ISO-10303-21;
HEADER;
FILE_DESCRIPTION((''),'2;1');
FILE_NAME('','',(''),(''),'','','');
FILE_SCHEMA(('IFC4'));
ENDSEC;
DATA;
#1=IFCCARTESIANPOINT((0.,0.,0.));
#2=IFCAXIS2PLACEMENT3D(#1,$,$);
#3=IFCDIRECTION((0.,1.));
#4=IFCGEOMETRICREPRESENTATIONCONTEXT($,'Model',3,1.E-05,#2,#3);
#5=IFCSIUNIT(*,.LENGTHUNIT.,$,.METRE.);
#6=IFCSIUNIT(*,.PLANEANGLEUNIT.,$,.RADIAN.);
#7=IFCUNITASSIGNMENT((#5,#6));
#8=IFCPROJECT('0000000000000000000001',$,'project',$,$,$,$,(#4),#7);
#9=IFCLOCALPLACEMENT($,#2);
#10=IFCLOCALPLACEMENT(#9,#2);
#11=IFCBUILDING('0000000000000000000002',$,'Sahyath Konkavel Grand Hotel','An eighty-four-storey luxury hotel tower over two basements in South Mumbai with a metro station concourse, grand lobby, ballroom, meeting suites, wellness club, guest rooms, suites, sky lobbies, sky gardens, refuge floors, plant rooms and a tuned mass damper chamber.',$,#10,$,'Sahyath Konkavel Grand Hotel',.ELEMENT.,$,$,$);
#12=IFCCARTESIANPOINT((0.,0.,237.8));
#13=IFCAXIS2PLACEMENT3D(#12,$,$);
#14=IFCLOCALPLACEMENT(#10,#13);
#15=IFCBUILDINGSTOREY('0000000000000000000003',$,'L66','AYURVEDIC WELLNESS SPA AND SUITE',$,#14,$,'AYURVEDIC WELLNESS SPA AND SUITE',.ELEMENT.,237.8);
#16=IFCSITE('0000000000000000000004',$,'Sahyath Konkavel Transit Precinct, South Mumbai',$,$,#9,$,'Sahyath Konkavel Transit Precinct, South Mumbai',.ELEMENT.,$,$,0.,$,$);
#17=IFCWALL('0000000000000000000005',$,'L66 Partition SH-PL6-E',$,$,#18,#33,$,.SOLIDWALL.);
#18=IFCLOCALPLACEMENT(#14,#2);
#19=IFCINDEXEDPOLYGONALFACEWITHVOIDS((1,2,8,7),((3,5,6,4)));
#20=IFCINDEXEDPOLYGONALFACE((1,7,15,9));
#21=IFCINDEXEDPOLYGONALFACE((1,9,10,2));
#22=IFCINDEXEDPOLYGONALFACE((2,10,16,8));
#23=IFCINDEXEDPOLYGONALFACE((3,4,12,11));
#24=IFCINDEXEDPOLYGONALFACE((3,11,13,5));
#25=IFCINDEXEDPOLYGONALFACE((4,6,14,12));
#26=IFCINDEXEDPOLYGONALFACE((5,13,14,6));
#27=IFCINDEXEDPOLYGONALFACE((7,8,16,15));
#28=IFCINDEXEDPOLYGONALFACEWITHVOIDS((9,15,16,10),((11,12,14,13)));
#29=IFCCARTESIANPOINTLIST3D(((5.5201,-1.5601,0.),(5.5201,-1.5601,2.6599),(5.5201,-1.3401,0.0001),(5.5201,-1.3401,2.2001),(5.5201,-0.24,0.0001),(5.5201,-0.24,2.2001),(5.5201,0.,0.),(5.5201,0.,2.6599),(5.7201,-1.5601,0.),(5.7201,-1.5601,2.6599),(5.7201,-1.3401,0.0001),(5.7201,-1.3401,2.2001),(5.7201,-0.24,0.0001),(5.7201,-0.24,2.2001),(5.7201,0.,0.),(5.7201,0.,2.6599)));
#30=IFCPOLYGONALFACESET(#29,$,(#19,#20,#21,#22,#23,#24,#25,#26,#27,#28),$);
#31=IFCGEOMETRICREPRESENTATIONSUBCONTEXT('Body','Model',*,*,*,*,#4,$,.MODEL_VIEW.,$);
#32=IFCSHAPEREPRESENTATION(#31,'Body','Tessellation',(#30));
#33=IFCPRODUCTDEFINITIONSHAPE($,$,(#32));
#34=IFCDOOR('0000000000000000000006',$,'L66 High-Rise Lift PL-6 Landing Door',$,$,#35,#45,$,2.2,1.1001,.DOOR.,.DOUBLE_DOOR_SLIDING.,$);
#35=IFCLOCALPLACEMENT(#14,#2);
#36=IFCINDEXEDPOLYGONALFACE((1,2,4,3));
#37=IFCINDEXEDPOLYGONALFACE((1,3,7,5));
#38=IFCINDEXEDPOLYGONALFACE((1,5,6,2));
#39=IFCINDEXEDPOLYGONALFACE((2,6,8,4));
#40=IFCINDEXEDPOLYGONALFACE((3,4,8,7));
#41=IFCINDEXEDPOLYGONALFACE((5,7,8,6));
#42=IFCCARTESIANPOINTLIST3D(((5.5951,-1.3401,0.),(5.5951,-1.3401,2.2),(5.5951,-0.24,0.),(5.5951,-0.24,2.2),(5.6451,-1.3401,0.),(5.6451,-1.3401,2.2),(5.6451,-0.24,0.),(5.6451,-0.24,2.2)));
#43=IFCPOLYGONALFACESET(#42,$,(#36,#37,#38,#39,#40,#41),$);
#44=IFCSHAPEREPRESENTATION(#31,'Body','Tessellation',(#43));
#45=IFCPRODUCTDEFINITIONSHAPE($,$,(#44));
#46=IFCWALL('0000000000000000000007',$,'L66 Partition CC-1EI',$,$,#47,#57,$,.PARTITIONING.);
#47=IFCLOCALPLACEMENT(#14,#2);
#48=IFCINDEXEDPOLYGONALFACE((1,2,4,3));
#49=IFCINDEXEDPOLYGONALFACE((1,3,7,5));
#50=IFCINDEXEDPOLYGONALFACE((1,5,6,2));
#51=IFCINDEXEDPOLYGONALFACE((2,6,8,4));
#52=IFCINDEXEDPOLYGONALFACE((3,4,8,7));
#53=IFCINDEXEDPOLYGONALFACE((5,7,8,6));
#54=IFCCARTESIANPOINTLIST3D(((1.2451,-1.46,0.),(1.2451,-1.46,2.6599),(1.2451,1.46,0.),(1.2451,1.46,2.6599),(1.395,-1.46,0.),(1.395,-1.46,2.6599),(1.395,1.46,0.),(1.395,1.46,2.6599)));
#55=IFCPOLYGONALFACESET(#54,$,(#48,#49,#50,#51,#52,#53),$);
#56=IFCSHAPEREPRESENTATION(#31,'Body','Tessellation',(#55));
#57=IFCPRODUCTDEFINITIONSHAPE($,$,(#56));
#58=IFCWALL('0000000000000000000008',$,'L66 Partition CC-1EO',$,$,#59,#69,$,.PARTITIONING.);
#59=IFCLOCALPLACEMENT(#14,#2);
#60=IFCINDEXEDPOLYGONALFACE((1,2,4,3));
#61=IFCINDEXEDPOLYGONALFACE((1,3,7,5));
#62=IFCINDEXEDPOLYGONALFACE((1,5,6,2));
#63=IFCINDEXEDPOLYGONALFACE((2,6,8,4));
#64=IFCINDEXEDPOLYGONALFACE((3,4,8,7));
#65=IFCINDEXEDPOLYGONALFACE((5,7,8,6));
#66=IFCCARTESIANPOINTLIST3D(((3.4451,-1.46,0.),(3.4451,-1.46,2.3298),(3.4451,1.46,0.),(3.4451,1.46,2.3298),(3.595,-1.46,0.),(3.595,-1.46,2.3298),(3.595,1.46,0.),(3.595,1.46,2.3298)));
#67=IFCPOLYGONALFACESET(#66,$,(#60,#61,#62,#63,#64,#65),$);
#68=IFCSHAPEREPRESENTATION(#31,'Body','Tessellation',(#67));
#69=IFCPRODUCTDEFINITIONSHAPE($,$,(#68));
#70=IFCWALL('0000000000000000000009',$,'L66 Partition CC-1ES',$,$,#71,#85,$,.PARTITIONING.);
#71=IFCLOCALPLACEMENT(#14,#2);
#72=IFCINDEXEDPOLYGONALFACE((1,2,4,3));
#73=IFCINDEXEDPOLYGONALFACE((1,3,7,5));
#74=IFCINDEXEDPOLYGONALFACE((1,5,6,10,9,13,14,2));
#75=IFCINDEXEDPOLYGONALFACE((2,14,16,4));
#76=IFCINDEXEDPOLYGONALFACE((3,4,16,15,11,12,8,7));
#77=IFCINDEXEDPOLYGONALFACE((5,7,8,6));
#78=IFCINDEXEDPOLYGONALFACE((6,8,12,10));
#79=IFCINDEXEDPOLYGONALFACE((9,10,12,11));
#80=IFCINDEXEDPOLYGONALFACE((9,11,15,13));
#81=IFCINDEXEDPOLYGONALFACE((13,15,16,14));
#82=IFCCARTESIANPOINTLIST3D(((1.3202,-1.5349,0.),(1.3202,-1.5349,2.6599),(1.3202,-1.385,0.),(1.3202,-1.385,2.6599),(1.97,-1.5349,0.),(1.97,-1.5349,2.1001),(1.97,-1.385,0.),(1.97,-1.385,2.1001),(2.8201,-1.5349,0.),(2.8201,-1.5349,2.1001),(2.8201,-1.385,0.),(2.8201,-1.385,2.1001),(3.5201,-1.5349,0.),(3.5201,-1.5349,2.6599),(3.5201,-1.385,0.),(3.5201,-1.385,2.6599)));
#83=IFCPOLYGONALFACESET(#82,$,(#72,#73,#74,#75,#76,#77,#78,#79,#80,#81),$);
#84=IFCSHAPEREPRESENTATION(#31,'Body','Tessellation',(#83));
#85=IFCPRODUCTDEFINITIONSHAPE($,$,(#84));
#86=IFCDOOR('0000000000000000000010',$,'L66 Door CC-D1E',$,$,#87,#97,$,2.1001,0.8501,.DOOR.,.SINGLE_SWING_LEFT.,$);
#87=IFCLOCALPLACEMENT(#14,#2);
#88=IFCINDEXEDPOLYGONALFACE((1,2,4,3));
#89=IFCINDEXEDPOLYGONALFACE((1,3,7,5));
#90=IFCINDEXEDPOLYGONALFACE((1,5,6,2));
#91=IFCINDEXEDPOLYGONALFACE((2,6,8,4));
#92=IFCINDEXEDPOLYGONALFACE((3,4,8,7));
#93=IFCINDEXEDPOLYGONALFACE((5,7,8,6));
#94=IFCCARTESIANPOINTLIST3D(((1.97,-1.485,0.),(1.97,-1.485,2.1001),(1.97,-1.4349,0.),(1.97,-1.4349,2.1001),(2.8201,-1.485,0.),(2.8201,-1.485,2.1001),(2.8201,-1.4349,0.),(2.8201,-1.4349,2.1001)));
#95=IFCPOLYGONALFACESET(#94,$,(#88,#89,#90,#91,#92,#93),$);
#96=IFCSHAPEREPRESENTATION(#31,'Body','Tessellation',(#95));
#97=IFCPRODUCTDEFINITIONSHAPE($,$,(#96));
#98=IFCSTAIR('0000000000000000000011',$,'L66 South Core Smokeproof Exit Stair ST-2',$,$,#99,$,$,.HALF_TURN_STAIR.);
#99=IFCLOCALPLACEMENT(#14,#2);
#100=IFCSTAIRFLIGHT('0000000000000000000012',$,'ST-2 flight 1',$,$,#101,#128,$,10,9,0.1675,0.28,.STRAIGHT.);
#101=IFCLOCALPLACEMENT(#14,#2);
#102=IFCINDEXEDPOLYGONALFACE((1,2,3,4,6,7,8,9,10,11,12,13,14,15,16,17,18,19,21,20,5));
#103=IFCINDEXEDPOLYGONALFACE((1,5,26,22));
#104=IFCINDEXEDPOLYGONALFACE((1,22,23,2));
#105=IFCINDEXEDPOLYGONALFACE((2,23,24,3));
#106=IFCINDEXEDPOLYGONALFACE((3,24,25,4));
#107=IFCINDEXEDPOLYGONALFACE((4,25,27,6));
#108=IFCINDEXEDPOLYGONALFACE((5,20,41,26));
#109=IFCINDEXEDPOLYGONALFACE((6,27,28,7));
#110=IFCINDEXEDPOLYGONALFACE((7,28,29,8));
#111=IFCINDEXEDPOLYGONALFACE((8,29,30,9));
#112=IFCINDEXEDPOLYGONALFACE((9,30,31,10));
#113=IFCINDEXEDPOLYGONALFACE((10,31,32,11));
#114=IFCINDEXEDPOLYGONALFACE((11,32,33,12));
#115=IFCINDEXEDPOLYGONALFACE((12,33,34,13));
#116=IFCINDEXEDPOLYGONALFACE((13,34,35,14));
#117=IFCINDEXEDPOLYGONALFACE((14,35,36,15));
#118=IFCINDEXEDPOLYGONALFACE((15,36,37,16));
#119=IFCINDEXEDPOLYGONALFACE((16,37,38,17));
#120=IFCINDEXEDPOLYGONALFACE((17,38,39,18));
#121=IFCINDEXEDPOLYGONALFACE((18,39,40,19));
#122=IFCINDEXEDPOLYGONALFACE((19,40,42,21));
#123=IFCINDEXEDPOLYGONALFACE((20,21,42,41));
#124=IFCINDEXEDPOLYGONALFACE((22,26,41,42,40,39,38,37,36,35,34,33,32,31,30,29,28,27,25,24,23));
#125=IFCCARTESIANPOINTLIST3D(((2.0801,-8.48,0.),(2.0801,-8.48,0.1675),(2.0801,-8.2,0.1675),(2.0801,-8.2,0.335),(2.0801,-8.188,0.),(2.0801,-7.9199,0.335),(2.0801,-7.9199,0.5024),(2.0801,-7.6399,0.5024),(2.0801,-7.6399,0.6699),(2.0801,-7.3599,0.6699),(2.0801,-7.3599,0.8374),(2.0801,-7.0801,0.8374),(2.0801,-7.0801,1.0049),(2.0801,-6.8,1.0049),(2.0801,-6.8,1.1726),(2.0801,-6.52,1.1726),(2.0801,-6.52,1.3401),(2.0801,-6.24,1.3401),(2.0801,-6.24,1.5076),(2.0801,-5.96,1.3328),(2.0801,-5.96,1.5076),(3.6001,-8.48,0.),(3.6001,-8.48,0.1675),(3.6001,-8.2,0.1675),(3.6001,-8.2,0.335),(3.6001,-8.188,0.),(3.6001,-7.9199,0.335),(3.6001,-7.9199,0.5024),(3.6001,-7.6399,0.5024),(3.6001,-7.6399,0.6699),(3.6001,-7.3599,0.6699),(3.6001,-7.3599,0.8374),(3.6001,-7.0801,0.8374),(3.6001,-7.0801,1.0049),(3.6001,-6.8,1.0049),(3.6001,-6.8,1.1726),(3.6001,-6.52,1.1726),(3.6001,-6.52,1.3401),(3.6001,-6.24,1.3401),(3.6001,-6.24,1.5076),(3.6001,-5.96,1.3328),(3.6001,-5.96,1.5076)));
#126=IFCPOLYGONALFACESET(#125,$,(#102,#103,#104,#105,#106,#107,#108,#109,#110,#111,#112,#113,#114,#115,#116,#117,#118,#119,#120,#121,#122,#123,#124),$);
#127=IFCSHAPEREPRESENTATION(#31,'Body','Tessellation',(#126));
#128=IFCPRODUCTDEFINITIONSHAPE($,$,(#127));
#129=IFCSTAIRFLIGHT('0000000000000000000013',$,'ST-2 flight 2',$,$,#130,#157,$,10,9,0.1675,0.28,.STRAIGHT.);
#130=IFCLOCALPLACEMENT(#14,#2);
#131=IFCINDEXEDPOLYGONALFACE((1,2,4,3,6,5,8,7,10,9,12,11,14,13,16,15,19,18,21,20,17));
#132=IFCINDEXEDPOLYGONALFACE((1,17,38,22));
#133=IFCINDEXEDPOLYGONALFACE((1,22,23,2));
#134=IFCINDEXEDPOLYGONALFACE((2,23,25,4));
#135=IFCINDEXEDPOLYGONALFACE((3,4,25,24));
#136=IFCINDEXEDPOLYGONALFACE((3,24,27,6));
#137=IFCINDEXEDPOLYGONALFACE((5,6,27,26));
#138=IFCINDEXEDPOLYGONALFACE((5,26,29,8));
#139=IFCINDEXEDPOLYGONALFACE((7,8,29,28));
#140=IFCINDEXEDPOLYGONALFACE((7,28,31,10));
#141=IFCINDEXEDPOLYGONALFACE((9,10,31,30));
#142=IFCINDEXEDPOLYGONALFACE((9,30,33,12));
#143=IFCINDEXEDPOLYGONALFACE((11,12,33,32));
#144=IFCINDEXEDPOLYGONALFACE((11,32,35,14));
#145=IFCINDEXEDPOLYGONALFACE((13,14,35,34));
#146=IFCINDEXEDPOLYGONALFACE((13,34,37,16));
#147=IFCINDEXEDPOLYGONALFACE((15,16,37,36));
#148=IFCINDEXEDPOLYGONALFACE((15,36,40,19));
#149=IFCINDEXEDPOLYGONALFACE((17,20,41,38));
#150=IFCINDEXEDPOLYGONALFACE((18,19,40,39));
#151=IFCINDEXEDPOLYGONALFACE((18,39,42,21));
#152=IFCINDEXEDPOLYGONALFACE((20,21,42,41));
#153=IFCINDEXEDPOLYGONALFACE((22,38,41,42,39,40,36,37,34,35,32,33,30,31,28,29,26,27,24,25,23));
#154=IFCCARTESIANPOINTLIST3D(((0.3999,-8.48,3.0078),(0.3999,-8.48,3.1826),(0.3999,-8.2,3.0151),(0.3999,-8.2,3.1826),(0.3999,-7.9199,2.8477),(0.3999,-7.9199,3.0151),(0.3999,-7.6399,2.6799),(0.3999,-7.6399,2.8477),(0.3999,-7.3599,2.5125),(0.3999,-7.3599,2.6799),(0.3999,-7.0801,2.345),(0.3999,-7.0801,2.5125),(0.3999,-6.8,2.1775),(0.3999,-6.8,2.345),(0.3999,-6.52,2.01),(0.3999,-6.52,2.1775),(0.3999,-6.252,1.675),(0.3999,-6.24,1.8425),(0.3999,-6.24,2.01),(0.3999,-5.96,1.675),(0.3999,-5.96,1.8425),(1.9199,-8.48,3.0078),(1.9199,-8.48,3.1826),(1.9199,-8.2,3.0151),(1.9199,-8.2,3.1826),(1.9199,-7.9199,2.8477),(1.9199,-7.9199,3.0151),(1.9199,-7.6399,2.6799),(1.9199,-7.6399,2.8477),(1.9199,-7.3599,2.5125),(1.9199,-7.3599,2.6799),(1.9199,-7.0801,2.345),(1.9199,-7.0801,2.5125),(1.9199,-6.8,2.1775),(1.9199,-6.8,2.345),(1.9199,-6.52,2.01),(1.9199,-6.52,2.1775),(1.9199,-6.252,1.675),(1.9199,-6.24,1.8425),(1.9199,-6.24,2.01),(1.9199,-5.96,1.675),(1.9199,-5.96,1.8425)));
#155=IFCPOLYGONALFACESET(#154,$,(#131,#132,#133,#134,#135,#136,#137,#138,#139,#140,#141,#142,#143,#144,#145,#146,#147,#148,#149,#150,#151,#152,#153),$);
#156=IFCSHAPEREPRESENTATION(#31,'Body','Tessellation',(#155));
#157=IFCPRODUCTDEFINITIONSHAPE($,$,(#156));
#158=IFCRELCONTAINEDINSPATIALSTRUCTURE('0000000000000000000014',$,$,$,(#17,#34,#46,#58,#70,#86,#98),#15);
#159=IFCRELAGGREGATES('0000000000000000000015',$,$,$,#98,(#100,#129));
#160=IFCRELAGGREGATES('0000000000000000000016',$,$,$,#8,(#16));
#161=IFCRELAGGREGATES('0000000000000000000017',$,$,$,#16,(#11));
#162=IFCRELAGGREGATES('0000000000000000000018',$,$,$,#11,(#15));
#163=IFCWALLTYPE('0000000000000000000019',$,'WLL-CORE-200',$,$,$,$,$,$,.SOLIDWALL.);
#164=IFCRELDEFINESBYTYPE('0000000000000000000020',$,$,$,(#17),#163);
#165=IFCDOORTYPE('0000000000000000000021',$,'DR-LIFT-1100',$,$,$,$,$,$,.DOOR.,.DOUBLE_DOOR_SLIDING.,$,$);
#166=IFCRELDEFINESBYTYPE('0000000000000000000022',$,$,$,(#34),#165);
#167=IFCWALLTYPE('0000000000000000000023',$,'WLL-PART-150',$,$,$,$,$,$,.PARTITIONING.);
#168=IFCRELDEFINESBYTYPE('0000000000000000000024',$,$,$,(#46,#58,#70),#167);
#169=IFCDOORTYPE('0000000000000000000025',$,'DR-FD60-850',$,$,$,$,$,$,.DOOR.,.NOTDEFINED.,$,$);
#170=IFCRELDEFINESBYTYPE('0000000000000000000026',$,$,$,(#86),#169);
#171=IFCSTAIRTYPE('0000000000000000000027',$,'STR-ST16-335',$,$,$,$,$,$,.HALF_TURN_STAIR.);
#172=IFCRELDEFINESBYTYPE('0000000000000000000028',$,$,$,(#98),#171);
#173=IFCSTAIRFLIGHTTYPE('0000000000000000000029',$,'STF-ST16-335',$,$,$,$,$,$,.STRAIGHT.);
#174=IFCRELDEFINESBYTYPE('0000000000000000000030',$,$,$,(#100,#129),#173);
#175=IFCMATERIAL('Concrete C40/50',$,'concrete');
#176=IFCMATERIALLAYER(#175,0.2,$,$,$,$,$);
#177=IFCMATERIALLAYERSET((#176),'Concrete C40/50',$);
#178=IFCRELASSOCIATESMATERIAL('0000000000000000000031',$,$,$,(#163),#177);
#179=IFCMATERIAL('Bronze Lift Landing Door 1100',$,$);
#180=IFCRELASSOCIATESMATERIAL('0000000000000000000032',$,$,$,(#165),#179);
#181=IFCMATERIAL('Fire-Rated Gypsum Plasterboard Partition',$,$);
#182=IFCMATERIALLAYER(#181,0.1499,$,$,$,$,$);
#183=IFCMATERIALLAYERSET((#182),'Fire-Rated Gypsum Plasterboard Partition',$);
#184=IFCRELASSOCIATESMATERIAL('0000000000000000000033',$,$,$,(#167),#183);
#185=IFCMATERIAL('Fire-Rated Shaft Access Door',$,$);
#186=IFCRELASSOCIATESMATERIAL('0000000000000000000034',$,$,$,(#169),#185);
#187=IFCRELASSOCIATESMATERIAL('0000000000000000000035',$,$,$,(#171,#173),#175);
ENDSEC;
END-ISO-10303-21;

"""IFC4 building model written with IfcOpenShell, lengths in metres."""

from ifc_helpers import new_model, si_unit, direction, frame, frame_2d, origin, origin_2d, place, context, subcontext, project, spatial, polyline, rectangle, outline, extrude, source, transform, mapped, material, layer, layer_set, type_object, element, fill, aggregate, save


model = new_model("IFC4")

# Units and contexts
model_context = context("Model", 3, precision=1e-05, world=origin(), true_north=direction((0.0, 1.0)))
body_context = subcontext(model_context, "Body", "Model", "MODEL_VIEW")
ifc_project = project(units=[si_unit("LENGTHUNIT", "METRE"), si_unit("PLANEANGLEUNIT", "RADIAN")], contexts=[model_context])

# Site, building, storey
site_placement = place(None, origin())
site = spatial("IfcSite", under=ifc_project, at=site_placement, Name="Sahyath Konkavel Transit Precinct, South Mumbai", LongName="Sahyath Konkavel Transit Precinct, South Mumbai", CompositionType="ELEMENT", RefElevation=0.0)
building_placement = place(site_placement, origin())
building = spatial("IfcBuilding", under=site, at=building_placement, Name="Sahyath Konkavel Grand Hotel", Description="An eighty-four-storey luxury hotel tower over two basements in South Mumbai with a metro station concourse, grand lobby, ballroom, meeting suites, wellness club, guest rooms, suites, sky lobbies, sky gardens, refuge floors, plant rooms and a tuned mass damper chamber.", LongName="Sahyath Konkavel Grand Hotel", CompositionType="ELEMENT")
storey_placement = place(building_placement, frame((0.0, 0.0, 237.8)))
storey = spatial("IfcBuildingStorey", under=building, at=storey_placement, Name="L66", Description="AYURVEDIC WELLNESS SPA AND SUITE", LongName="AYURVEDIC WELLNESS SPA AND SUITE", CompositionType="ELEMENT", Elevation=237.8)

# Shared definitions
ifc_material_1 = material(Name="Concrete C40/50", Category="concrete")

# Shared definitions
ifc_layer_1 = layer(ifc_material_1, 0.2)
ifc_layer_set_1 = layer_set([ifc_layer_1], Name="Concrete C40/50")
wall_type_1 = type_object("IfcWallType", Name="WLL-CORE-200", PredefinedType="SOLIDWALL", material=ifc_layer_set_1)

# Wall, opening, door
wall_1_placement = place(storey_placement, frame((5.6201, -1.5601, 0.0), z_axis=(0.0, 0.0, 1.0), x_axis=(0.0, 1.0, 0.0)))
wall_1 = element("IfcWall", 1, at=wall_1_placement, inside=storey, type_object=wall_type_1, Name="L66 Partition SH-PL6-E", PredefinedType="SOLIDWALL", context=body_context, shape_type="SweptSolid", body=[
    extrude(rectangle(XDim=1.5601, YDim=0.2, at=frame_2d((0.78, 0.0))), origin(), (0.0, 0.0, 1.0), 2.6599),
])
opening_1_placement = place(wall_1_placement, frame((0.22, 0.0, 0.0)))
opening_1 = element("IfcOpeningElement", 2, at=opening_1_placement, cuts=wall_1, PredefinedType="OPENING", context=body_context, shape_type="SweptSolid", body=[
    extrude(rectangle(XDim=1.1001, YDim=2.2, at=frame_2d((0.55, 1.1001))), frame((0.0, 0.1099, 0.0), z_axis=(0.0, -1.0, 0.0), x_axis=(1.0, 0.0, 0.0)), (0.0, 0.0, 1.0), 0.22),
])
ifc_material_2 = material(Name="Bronze Lift Landing Door 1100")
door_type_1 = type_object("IfcDoorType", Name="DR-LIFT-1100", OperationType="DOUBLE_DOOR_SLIDING", PredefinedType="DOOR", material=ifc_material_2)
shared_shape_1 = source(origin(), body_context, "Body", "SweptSolid", [
    extrude(rectangle(XDim=1.1001, YDim=0.05, at=origin_2d()), origin(), (0.0, 0.0, 1.0), 2.2),
])
door_1_placement = place(opening_1_placement, frame((0.55, 0.0, 0.0)))
door_1 = element("IfcDoor", 3, at=door_1_placement, inside=storey, type_object=door_type_1, Name="L66 High-Rise Lift PL-6 Landing Door", OperationType="DOUBLE_DOOR_SLIDING", OverallHeight=2.2, OverallWidth=1.1001, PredefinedType="DOOR", context=body_context, shape_type="MappedRepresentation", body=[
    mapped(shared_shape_1, transform((0.0, 0.0, 0.0), scale=1.0)),
])
fill(opening_1, door_1)

# Walls
ifc_material_3 = material(Name="Fire-Rated Gypsum Plasterboard Partition")
ifc_layer_2 = layer(ifc_material_3, 0.1499)
ifc_layer_set_2 = layer_set([ifc_layer_2], Name="Fire-Rated Gypsum Plasterboard Partition")
wall_type_2 = type_object("IfcWallType", Name="WLL-PART-150", PredefinedType="PARTITIONING", material=ifc_layer_set_2)
wall_2_placement = place(storey_placement, frame((1.3201, -1.46, 0.0), z_axis=(0.0, 0.0, 1.0), x_axis=(0.0, 1.0, 0.0)))
element("IfcWall", 4, at=wall_2_placement, inside=storey, type_object=wall_type_2, Name="L66 Partition CC-1EI", PredefinedType="PARTITIONING", context=body_context, shape_type="SweptSolid", body=[
    extrude(rectangle(XDim=2.9199, YDim=0.1499, at=frame_2d((1.46, 0.0))), origin(), (0.0, 0.0, 1.0), 2.6599),
])
wall_3_placement = place(storey_placement, frame((3.52, -1.46, 0.0), z_axis=(0.0, 0.0, 1.0), x_axis=(0.0, 1.0, 0.0)))
element("IfcWall", 5, at=wall_3_placement, inside=storey, type_object=wall_type_2, Name="L66 Partition CC-1EO", PredefinedType="PARTITIONING", context=body_context, shape_type="SweptSolid", body=[
    extrude(rectangle(XDim=2.9199, YDim=0.1499, at=frame_2d((1.46, 0.0))), origin(), (0.0, 0.0, 1.0), 2.3298),
])

# Wall, opening, door
wall_4_placement = place(storey_placement, frame((1.3201, -1.46, 0.0), z_axis=(0.0, 0.0, 1.0), x_axis=(1.0, 0.0, 0.0)))
wall_4 = element("IfcWall", 6, at=wall_4_placement, inside=storey, type_object=wall_type_2, Name="L66 Partition CC-1ES", PredefinedType="PARTITIONING", context=body_context, shape_type="SweptSolid", body=[
    extrude(rectangle(XDim=2.2, YDim=0.1499, at=frame_2d((1.1001, 0.0))), origin(), (0.0, 0.0, 1.0), 2.6599),
])
opening_2_placement = place(wall_4_placement, frame((0.6499, 0.0, 0.0)))
opening_2 = element("IfcOpeningElement", 7, at=opening_2_placement, cuts=wall_4, PredefinedType="OPENING", context=body_context, shape_type="SweptSolid", body=[
    extrude(rectangle(XDim=0.8501, YDim=2.1001, at=frame_2d((0.425, 1.05))), frame((0.0, 0.085, 0.0), z_axis=(0.0, -1.0, 0.0), x_axis=(1.0, 0.0, 0.0)), (0.0, 0.0, 1.0), 0.1699),
])
ifc_material_4 = material(Name="Fire-Rated Shaft Access Door")
door_type_2 = type_object("IfcDoorType", Name="DR-FD60-850", OperationType="NOTDEFINED", PredefinedType="DOOR", material=ifc_material_4)
shared_shape_2 = source(origin(), body_context, "Body", "SweptSolid", [
    extrude(rectangle(XDim=0.8501, YDim=0.05, at=origin_2d()), origin(), (0.0, 0.0, 1.0), 2.1001),
])
door_2_placement = place(opening_2_placement, frame((0.425, 0.0, 0.0)))
door_2 = element("IfcDoor", 8, at=door_2_placement, inside=storey, type_object=door_type_2, Name="L66 Door CC-D1E", OperationType="SINGLE_SWING_LEFT", OverallHeight=2.1001, OverallWidth=0.8501, PredefinedType="DOOR", context=body_context, shape_type="MappedRepresentation", body=[
    mapped(shared_shape_2, transform((0.0, 0.0, 0.0), scale=1.0)),
])
fill(opening_2, door_2)

# Stair, stair flights
stair_type = type_object("IfcStairType", Name="STR-ST16-335", PredefinedType="HALF_TURN_STAIR", material=ifc_material_1)
stair_placement = place(storey_placement, origin())
stair = element("IfcStair", 9, at=stair_placement, inside=storey, type_object=stair_type, Name="L66 South Core Smokeproof Exit Stair ST-2", PredefinedType="HALF_TURN_STAIR")
stair_flight_type = type_object("IfcStairFlightType", Name="STF-ST16-335", PredefinedType="STRAIGHT", material=ifc_material_1)
stair_flight_1_placement = place(storey_placement, frame((2.8401, -8.48, 0.0), z_axis=(0.0, 0.0, 1.0), x_axis=(0.0, 1.0, 0.0)))
stair_flight_1 = element("IfcStairFlight", 10, at=stair_flight_1_placement, type_object=stair_flight_type, Name="ST-2 flight 1", NumberOfRisers=10, NumberOfTreads=9, PredefinedType="STRAIGHT", RiserHeight=0.1675, TreadLength=0.28, context=body_context, shape_type="SweptSolid", body=[
    extrude(outline(polyline([(0.0, 0.0), (0.0, 0.1675), (0.28, 0.1675), (0.28, 0.335), (0.5601, 0.335), (0.5601, 0.5024), (0.8401, 0.5024), (0.8401, 0.6699), (1.1201, 0.6699), (1.1201, 0.8374), (1.3999, 0.8374), (1.3999, 1.0049), (1.6799, 1.0049), (1.6799, 1.1726), (1.96, 1.1726), (1.96, 1.3401), (2.24, 1.3401), (2.24, 1.5076), (2.52, 1.5076), (2.52, 1.675), (2.52, 1.3328), (0.292, 0.0), (0.0, 0.0)])), frame((0.0, 0.76, 0.0), z_axis=(0.0, -1.0, 0.0), x_axis=(1.0, 0.0, 0.0)), (0.0, 0.0, 1.0), 1.52),
])
stair_flight_2_placement = place(storey_placement, frame((1.1599, -5.96, 1.675), z_axis=(0.0, 0.0, 1.0), x_axis=(0.0, -1.0, 0.0)))
stair_flight_2 = element("IfcStairFlight", 11, at=stair_flight_2_placement, type_object=stair_flight_type, Name="ST-2 flight 2", NumberOfRisers=10, NumberOfTreads=9, PredefinedType="STRAIGHT", RiserHeight=0.1675, TreadLength=0.28, context=body_context, shape_type="SweptSolid", body=[
    extrude(outline(polyline([(0.0, 0.0), (0.0, 0.1675), (0.28, 0.1675), (0.28, 0.335), (0.5601, 0.335), (0.5601, 0.5024), (0.8401, 0.5024), (0.8401, 0.6699), (1.1201, 0.6699), (1.1201, 0.8374), (1.3999, 0.8374), (1.3999, 1.0049), (1.6799, 1.0049), (1.6799, 1.1726), (1.96, 1.1726), (1.96, 1.3401), (2.24, 1.3401), (2.24, 1.5076), (2.52, 1.5076), (2.52, 1.675), (2.52, 1.3328), (0.292, 0.0), (0.0, 0.0)])), frame((0.0, 0.76, 0.0), z_axis=(0.0, -1.0, 0.0), x_axis=(1.0, 0.0, 0.0)), (0.0, 0.0, 1.0), 1.52),
])
aggregate(stair, [stair_flight_1, stair_flight_2])

save(model, "model.ifc")
